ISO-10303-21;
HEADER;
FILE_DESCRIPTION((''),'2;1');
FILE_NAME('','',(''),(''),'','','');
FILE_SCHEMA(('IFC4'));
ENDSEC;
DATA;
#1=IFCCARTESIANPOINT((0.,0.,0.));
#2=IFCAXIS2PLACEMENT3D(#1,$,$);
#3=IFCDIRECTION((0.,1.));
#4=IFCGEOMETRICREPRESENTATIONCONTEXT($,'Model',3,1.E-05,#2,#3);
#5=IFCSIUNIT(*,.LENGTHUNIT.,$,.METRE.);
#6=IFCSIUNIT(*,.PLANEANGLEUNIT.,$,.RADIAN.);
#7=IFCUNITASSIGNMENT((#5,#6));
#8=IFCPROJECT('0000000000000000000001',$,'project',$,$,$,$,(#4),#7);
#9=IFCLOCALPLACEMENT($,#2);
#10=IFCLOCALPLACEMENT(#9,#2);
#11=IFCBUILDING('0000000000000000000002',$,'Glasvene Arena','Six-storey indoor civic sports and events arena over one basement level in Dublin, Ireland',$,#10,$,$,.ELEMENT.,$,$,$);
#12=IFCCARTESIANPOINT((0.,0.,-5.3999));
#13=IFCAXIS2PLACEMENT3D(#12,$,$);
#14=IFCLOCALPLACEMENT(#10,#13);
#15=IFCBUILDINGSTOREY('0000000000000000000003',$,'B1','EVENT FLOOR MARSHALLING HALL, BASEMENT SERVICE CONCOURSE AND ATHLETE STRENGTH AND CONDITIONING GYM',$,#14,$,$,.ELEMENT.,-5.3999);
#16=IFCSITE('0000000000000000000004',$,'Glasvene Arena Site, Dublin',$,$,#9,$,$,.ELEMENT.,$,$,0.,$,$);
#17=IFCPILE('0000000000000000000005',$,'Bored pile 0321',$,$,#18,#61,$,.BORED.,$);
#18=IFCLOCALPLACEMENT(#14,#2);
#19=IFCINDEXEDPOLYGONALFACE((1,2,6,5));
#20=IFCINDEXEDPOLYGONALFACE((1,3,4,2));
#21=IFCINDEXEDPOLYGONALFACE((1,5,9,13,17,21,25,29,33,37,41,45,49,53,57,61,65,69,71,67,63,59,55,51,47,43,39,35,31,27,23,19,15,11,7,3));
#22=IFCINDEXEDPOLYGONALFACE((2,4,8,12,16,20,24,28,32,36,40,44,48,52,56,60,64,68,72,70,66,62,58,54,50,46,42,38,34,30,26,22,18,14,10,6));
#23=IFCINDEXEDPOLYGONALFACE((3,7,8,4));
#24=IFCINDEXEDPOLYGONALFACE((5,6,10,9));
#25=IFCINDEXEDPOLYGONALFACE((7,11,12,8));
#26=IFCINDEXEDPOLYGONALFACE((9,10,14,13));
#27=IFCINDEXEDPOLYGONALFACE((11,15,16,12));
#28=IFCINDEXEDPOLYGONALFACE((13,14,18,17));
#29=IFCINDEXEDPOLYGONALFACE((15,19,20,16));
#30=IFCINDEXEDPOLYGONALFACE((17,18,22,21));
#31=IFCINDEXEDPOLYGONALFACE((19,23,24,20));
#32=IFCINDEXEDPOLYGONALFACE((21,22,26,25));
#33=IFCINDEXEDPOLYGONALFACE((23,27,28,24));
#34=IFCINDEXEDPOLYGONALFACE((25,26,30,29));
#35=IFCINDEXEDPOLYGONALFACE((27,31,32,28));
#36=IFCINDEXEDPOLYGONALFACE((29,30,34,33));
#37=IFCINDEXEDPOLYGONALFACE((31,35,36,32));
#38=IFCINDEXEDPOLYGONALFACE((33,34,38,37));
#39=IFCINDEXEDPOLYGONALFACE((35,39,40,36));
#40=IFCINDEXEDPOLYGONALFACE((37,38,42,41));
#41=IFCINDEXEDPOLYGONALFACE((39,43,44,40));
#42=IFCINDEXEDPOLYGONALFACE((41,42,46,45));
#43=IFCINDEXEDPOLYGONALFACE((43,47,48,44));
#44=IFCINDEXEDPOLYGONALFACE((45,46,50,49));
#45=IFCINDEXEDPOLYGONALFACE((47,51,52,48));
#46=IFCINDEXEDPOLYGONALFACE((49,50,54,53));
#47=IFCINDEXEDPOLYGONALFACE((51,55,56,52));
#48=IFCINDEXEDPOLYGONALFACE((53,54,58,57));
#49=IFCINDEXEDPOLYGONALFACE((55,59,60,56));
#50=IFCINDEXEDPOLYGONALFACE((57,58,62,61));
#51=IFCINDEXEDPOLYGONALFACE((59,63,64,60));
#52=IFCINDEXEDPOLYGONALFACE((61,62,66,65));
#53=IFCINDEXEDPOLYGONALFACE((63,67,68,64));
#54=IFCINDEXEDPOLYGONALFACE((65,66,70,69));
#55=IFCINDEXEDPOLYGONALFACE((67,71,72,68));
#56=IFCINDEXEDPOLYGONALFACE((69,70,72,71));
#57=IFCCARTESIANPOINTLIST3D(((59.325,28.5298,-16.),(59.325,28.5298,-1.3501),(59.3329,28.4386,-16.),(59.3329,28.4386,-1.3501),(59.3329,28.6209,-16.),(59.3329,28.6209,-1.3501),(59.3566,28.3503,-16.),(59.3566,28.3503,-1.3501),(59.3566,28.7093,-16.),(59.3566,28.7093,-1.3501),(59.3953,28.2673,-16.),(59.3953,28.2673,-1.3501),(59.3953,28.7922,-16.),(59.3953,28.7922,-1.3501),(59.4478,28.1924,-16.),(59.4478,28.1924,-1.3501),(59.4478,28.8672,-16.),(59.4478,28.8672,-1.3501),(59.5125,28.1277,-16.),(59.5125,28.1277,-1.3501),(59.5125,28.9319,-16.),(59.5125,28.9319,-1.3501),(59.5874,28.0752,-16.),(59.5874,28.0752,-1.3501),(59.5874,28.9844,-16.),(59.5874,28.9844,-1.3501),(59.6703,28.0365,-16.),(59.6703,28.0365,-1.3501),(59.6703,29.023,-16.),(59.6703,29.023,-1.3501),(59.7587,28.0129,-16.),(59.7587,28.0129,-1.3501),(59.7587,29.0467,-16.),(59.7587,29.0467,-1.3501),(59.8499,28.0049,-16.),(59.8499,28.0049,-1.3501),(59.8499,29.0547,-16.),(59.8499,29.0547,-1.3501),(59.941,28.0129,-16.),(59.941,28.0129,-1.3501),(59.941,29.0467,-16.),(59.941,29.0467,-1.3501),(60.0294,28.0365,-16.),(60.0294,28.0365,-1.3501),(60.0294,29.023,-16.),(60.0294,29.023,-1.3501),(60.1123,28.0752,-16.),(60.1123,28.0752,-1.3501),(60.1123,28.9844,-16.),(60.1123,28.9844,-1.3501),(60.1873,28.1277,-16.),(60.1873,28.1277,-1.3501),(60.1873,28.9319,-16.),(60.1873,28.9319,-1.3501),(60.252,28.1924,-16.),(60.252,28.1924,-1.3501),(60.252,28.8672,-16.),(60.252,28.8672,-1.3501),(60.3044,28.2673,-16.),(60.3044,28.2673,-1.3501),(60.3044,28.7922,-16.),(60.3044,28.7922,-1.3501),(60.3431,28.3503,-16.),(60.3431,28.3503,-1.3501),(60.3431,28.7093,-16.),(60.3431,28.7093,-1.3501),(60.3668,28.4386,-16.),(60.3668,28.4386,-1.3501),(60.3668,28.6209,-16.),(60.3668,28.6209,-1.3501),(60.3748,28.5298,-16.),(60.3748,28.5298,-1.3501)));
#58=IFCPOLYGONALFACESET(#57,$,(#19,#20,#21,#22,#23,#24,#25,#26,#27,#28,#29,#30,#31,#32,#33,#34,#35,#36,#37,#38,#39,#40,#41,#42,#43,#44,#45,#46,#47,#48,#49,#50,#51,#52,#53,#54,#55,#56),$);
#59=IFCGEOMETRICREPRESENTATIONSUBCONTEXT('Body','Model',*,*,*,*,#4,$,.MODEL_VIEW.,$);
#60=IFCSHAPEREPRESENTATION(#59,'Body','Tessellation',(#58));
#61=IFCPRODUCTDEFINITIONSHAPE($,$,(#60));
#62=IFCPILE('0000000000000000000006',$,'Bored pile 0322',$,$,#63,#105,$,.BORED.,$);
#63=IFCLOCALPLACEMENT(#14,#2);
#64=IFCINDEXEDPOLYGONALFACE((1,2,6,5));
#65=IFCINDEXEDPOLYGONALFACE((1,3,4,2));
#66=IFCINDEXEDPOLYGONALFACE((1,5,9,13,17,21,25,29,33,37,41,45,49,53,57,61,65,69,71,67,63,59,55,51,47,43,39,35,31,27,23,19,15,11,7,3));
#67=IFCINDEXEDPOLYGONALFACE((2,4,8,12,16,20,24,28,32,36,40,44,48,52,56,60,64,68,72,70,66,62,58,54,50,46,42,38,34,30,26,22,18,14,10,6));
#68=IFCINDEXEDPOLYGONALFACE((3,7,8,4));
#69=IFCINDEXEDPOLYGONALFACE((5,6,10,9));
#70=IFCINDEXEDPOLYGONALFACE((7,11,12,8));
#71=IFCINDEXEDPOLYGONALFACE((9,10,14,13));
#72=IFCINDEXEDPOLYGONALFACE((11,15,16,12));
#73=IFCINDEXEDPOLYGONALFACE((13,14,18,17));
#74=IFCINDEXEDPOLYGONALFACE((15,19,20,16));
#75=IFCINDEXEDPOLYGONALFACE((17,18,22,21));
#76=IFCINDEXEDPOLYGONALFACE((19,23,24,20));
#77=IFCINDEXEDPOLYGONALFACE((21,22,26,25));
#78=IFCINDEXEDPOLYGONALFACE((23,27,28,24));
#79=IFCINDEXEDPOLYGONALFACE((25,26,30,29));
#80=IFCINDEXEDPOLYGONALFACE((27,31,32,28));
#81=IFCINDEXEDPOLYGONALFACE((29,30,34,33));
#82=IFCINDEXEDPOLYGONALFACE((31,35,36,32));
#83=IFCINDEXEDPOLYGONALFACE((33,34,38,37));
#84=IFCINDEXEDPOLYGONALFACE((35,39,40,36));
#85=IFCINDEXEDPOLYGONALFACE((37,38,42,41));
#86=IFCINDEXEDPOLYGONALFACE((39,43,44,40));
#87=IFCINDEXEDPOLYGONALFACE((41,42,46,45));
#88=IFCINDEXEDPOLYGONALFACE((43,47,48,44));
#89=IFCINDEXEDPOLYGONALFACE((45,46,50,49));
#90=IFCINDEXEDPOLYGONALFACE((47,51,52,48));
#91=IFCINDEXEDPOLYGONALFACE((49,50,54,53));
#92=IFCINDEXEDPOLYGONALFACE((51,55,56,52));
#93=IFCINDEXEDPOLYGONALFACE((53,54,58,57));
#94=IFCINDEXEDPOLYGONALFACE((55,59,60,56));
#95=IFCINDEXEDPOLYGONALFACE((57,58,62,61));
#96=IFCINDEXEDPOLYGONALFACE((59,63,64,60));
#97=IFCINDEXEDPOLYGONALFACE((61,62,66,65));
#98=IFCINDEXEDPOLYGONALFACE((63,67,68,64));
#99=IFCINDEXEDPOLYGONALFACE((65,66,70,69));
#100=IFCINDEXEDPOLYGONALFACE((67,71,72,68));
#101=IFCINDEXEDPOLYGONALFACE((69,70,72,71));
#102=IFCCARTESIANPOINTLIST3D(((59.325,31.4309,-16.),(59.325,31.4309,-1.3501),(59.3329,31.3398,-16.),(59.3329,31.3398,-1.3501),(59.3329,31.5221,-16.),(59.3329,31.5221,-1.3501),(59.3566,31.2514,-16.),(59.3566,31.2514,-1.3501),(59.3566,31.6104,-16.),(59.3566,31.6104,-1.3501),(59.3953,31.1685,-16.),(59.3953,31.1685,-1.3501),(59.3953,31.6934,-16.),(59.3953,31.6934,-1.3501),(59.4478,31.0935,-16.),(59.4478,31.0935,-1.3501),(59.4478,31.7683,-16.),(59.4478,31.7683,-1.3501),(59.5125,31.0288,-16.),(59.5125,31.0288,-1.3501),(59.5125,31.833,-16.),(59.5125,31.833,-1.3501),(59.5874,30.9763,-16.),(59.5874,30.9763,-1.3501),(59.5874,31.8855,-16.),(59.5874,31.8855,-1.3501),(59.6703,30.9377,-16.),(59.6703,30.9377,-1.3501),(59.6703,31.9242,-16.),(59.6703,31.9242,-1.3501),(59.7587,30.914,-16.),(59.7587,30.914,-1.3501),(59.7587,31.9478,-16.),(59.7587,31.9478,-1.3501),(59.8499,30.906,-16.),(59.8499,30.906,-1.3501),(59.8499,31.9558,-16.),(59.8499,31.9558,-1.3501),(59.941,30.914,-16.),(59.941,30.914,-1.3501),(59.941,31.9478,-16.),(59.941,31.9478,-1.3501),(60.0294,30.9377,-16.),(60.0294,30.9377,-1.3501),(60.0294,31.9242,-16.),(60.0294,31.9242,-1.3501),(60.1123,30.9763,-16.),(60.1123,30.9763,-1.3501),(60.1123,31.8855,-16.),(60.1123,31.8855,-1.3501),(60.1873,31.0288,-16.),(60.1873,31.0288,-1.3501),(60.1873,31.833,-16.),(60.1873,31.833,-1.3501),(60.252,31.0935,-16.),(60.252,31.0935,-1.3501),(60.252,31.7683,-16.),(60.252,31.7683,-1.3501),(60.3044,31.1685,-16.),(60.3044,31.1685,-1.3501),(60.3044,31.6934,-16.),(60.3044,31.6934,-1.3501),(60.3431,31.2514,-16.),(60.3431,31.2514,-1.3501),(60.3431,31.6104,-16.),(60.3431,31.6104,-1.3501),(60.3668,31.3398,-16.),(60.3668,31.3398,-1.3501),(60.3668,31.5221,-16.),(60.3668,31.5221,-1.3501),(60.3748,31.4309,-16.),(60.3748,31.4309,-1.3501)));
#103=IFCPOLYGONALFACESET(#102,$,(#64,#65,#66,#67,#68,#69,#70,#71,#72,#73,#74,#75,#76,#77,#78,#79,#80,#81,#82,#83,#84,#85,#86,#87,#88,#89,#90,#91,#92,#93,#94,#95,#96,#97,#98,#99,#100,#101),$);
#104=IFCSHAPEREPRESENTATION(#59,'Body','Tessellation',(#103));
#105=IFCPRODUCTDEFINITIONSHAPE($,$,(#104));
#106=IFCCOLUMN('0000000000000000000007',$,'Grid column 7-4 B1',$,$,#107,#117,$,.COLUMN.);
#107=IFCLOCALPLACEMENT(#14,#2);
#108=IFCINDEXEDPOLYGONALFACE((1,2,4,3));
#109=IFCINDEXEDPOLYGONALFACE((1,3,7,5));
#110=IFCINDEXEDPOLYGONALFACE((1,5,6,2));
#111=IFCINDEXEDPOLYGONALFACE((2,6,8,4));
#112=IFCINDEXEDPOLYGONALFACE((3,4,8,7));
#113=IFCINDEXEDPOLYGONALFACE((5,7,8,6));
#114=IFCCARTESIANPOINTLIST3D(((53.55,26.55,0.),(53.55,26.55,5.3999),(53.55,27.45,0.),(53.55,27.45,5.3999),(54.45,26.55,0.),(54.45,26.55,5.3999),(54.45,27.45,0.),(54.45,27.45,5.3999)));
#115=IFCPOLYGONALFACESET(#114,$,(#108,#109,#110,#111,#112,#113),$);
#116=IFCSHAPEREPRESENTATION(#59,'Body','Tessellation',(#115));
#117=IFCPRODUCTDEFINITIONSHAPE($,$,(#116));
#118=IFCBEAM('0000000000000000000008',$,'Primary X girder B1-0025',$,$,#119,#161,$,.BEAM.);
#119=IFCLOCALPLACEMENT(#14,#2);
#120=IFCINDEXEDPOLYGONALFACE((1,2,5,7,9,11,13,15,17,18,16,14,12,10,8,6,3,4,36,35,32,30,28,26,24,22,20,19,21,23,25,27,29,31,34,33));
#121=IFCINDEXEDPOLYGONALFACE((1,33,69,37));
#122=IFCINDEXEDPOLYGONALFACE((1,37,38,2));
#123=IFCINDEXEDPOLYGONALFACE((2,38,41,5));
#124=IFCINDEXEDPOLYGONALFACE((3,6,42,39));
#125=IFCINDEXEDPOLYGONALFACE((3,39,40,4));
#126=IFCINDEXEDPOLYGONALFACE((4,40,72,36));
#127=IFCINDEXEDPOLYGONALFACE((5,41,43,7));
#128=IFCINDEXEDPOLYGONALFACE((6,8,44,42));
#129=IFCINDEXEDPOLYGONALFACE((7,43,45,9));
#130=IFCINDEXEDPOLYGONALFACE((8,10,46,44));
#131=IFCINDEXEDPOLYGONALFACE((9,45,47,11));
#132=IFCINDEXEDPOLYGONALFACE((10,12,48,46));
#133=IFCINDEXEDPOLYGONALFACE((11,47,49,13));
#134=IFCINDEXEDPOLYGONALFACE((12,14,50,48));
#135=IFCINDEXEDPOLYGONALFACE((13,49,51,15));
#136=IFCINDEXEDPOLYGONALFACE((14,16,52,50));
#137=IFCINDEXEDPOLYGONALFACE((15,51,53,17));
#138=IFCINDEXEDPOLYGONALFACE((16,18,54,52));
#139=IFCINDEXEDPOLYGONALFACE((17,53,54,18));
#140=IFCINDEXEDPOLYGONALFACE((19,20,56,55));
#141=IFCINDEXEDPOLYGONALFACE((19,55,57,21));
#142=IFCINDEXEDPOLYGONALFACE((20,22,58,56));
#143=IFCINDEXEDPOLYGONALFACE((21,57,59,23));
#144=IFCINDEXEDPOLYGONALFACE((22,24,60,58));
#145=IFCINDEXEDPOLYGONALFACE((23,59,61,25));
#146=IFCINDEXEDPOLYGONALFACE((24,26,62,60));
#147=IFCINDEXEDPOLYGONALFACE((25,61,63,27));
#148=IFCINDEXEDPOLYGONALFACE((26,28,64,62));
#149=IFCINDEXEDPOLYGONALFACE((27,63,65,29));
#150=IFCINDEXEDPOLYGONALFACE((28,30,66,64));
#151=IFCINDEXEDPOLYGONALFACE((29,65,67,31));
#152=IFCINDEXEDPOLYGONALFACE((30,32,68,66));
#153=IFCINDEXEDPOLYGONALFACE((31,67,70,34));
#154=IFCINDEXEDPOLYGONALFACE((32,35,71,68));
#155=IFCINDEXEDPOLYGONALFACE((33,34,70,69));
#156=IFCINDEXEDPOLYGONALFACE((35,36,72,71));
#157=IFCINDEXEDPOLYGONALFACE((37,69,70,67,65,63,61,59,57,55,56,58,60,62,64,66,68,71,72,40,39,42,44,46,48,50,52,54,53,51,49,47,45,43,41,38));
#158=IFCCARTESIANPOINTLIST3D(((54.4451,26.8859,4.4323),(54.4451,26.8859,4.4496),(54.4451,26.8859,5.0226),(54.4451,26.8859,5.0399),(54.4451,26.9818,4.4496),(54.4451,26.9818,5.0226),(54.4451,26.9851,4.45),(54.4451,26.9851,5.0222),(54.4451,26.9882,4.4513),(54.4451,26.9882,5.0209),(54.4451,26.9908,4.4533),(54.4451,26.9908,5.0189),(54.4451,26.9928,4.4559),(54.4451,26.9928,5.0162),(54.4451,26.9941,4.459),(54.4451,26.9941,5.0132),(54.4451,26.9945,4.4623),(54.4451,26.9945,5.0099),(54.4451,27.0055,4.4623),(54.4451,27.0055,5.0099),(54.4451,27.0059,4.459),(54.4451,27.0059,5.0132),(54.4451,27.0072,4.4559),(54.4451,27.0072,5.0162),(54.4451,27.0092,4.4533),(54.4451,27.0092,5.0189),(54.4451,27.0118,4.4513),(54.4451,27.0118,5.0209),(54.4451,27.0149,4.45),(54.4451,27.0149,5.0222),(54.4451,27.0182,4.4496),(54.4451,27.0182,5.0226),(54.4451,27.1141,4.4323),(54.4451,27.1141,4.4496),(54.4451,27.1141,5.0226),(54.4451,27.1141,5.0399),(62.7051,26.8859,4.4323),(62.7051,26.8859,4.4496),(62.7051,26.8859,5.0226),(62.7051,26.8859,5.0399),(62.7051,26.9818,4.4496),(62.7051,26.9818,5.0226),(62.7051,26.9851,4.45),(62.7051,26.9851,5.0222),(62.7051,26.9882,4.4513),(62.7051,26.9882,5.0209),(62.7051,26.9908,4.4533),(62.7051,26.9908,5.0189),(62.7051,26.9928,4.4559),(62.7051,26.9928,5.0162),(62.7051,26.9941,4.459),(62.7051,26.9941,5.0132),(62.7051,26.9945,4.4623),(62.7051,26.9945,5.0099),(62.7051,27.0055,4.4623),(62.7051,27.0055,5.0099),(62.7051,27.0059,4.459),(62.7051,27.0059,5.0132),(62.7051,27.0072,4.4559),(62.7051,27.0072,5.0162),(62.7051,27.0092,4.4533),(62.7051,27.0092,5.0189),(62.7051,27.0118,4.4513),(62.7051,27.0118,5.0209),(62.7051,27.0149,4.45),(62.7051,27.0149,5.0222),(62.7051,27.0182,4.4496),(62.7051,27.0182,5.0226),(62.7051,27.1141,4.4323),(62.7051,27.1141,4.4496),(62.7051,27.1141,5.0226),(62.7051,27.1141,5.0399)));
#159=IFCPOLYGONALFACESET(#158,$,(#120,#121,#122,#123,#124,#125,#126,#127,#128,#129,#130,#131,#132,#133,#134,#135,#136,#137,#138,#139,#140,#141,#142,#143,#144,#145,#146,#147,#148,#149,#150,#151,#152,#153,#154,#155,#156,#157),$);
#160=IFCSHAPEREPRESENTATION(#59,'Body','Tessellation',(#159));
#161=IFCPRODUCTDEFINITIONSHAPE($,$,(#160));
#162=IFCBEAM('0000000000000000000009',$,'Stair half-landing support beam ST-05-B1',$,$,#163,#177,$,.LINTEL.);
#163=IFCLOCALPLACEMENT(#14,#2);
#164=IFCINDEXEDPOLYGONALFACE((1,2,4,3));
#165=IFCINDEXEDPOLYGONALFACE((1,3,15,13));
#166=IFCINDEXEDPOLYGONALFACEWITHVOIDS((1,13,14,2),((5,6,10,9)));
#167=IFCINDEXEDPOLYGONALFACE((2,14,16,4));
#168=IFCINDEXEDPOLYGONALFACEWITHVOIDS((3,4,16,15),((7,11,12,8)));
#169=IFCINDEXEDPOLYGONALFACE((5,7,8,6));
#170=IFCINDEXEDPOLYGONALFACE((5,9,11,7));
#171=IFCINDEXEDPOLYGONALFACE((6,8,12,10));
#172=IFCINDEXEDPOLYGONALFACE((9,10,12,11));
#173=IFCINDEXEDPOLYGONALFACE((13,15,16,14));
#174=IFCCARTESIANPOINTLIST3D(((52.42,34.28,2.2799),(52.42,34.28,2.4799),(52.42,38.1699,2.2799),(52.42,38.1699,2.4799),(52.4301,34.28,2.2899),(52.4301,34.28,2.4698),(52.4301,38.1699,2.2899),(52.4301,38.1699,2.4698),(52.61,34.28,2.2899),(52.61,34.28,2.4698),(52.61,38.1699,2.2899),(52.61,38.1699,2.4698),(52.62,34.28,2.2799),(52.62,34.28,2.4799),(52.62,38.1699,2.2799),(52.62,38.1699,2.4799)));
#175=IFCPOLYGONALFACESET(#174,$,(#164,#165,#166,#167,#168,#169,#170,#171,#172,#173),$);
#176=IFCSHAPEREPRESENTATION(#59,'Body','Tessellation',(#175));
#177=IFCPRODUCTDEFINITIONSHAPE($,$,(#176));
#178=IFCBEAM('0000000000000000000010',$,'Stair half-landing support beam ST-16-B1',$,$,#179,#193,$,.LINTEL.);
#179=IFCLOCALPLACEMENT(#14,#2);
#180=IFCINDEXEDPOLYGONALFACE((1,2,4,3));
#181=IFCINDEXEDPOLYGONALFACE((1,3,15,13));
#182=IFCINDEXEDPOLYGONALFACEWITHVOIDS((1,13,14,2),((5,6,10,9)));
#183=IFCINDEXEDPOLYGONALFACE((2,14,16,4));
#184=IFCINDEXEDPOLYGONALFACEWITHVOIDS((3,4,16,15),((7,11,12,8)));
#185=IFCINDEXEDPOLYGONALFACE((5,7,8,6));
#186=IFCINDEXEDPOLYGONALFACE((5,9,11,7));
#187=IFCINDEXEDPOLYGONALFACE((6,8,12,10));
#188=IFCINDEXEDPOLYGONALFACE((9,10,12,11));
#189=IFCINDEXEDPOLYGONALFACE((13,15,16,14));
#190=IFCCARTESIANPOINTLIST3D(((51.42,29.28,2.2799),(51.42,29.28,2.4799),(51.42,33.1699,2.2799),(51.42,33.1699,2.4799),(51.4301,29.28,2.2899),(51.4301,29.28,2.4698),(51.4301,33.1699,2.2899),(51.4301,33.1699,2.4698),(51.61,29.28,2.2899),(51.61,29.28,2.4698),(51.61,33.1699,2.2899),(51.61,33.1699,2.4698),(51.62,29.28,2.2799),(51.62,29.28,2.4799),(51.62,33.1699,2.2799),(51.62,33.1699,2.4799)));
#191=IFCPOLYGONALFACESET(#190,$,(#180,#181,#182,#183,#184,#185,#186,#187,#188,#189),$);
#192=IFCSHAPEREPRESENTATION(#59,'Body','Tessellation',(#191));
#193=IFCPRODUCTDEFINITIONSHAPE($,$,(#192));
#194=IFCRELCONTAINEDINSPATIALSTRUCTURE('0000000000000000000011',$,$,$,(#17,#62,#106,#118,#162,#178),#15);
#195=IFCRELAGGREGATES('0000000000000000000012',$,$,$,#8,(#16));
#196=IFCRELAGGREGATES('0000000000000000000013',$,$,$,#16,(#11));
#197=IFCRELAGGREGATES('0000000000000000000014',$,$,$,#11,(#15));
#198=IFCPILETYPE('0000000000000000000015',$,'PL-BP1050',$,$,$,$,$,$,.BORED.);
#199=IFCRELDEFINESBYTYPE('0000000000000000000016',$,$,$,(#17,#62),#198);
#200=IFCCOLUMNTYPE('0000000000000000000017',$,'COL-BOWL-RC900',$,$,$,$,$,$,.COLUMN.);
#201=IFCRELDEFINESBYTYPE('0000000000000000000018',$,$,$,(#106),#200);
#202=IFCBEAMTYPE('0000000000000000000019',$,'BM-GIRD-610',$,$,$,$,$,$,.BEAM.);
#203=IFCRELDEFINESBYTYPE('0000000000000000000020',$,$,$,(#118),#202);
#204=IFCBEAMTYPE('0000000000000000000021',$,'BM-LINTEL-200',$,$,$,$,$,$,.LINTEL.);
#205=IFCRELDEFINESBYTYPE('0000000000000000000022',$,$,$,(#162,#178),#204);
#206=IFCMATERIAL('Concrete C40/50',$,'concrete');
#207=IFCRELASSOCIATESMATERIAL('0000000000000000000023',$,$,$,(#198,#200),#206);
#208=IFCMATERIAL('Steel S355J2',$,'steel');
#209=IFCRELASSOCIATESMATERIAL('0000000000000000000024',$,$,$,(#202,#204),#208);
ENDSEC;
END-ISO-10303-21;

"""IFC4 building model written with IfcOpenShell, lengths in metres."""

from ifc_helpers import new_model, si_unit, direction, frame, origin, origin_2d, place, context, subcontext, project, spatial, rectangle, hollow_rectangle, circle, i_section, extrude, material, material_profile, profile_set, type_object, element, save


model = new_model("IFC4")

# Units and contexts
model_context = context("Model", 3, precision=1e-05, world=origin(), true_north=direction((0.0, 1.0)))
body_context = subcontext(model_context, "Body", "Model", "MODEL_VIEW")
ifc_project = project(units=[si_unit("LENGTHUNIT", "METRE"), si_unit("PLANEANGLEUNIT", "RADIAN")], contexts=[model_context])

# Site, building, storey
site_placement = place(None, origin())
site = spatial("IfcSite", under=ifc_project, at=site_placement, Name="Glasvene Arena Site, Dublin", CompositionType="ELEMENT", RefElevation=0.0)
building_placement = place(site_placement, origin())
building = spatial("IfcBuilding", under=site, at=building_placement, Name="Glasvene Arena", Description="Six-storey indoor civic sports and events arena over one basement level in Dublin, Ireland", CompositionType="ELEMENT")
storey_placement = place(building_placement, frame((0.0, 0.0, -5.3999)))
storey = spatial("IfcBuildingStorey", under=building, at=storey_placement, Name="B1", Description="EVENT FLOOR MARSHALLING HALL, BASEMENT SERVICE CONCOURSE AND ATHLETE STRENGTH AND CONDITIONING GYM", CompositionType="ELEMENT", Elevation=-5.3999)

# Piles
ifc_material_1 = material(Name="Concrete C40/50", Category="concrete")
ifc_material_profile_1 = material_profile(ifc_material_1, circle(Radius=0.5249, at=origin_2d()), Name="BORED PILE 1050")
ifc_profile_set_1 = profile_set([ifc_material_profile_1], Name="Concrete C40/50")
pile_type = type_object("IfcPileType", Name="PL-BP1050", PredefinedType="BORED", material=ifc_profile_set_1)
for number, where, z_axis, x_axis, name in (
    (1, (59.8499, 28.5298, -1.3501), (0.0, 0.0, -1.0), (1.0, 0.0, 0.0), "Bored pile 0321"),
    (2, (59.8499, 31.4309, -1.3501), (0.0, 0.0, -1.0), (1.0, 0.0, 0.0), "Bored pile 0322"),
):
    element("IfcPile", number, at=place(storey_placement, frame(where, z_axis=z_axis, x_axis=x_axis)), inside=storey, type_object=pile_type, Name=name, PredefinedType="BORED", context=body_context, shape_type="SweptSolid", body=[
        extrude(circle(Radius=0.5249, at=origin_2d()), origin(), (0.0, 0.0, 1.0), 14.6499),
    ])

# Column
ifc_material_profile_2 = material_profile(ifc_material_1, rectangle(XDim=0.8999, YDim=0.8999, at=origin_2d()), Name="RC 900x900")
ifc_profile_set_2 = profile_set([ifc_material_profile_2], Name="Concrete C40/50")
column_type = type_object("IfcColumnType", Name="COL-BOWL-RC900", PredefinedType="COLUMN", material=ifc_profile_set_2)
column_placement = place(storey_placement, frame((54.0, 27.0, 0.0), z_axis=(0.0, 0.0, 1.0), x_axis=(1.0, 0.0, 0.0)))
element("IfcColumn", 3, at=column_placement, inside=storey, type_object=column_type, Name="Grid column 7-4 B1", PredefinedType="COLUMN", context=body_context, shape_type="SweptSolid", body=[
    extrude(rectangle(XDim=0.8999, YDim=0.8999, at=origin_2d()), origin(), (0.0, 0.0, 1.0), 5.3999),
])

# Beams
ifc_material_2 = material(Name="Steel S355J2", Category="steel")
ifc_material_profile_3 = material_profile(ifc_material_2, i_section(OverallWidth=0.2283, OverallDepth=0.6077, WebThickness=0.011, FlangeThickness=0.0173, FilletRadius=0.0127, at=origin_2d()), Name="UKB 610x229x113")
ifc_profile_set_3 = profile_set([ifc_material_profile_3], Name="Steel S355J2")
beam_type_1 = type_object("IfcBeamType", Name="BM-GIRD-610", PredefinedType="BEAM", material=ifc_profile_set_3)
beam_placement = place(storey_placement, frame((54.4451, 27.0, 4.7361), z_axis=(1.0, 0.0, 0.0), x_axis=(0.0, 1.0, 0.0)))
element("IfcBeam", 4, at=beam_placement, inside=storey, type_object=beam_type_1, Name="Primary X girder B1-0025", PredefinedType="BEAM", context=body_context, shape_type="SweptSolid", body=[
    extrude(i_section(OverallWidth=0.2283, OverallDepth=0.6077, WebThickness=0.011, FlangeThickness=0.0173, FilletRadius=0.0127, at=origin_2d()), origin(), (0.0, 0.0, 1.0), 8.26),
])
ifc_material_profile_4 = material_profile(ifc_material_2, hollow_rectangle(XDim=0.2, YDim=0.2, WallThickness=0.01, at=origin_2d()), Name="SHS 200x200x10.0")
ifc_profile_set_4 = profile_set([ifc_material_profile_4], Name="Steel S355J2")
beam_type_2 = type_object("IfcBeamType", Name="BM-LINTEL-200", PredefinedType="LINTEL", material=ifc_profile_set_4)
for number, where, z_axis, x_axis, name in (
    (5, (52.52, 34.28, 2.3799), (0.0, 1.0, 0.0), (-1.0, 0.0, 0.0), "Stair half-landing support beam ST-05-B1"),
    (6, (51.52, 29.28, 2.3799), (0.0, 1.0, 0.0), (-1.0, 0.0, 0.0), "Stair half-landing support beam ST-16-B1"),
):
    element("IfcBeam", number, at=place(storey_placement, frame(where, z_axis=z_axis, x_axis=x_axis)), inside=storey, type_object=beam_type_2, Name=name, PredefinedType="LINTEL", context=body_context, shape_type="SweptSolid", body=[
        extrude(hollow_rectangle(XDim=0.2, YDim=0.2, WallThickness=0.01, at=origin_2d()), origin(), (0.0, 0.0, 1.0), 3.8899),
    ])

save(model, "model.ifc")
